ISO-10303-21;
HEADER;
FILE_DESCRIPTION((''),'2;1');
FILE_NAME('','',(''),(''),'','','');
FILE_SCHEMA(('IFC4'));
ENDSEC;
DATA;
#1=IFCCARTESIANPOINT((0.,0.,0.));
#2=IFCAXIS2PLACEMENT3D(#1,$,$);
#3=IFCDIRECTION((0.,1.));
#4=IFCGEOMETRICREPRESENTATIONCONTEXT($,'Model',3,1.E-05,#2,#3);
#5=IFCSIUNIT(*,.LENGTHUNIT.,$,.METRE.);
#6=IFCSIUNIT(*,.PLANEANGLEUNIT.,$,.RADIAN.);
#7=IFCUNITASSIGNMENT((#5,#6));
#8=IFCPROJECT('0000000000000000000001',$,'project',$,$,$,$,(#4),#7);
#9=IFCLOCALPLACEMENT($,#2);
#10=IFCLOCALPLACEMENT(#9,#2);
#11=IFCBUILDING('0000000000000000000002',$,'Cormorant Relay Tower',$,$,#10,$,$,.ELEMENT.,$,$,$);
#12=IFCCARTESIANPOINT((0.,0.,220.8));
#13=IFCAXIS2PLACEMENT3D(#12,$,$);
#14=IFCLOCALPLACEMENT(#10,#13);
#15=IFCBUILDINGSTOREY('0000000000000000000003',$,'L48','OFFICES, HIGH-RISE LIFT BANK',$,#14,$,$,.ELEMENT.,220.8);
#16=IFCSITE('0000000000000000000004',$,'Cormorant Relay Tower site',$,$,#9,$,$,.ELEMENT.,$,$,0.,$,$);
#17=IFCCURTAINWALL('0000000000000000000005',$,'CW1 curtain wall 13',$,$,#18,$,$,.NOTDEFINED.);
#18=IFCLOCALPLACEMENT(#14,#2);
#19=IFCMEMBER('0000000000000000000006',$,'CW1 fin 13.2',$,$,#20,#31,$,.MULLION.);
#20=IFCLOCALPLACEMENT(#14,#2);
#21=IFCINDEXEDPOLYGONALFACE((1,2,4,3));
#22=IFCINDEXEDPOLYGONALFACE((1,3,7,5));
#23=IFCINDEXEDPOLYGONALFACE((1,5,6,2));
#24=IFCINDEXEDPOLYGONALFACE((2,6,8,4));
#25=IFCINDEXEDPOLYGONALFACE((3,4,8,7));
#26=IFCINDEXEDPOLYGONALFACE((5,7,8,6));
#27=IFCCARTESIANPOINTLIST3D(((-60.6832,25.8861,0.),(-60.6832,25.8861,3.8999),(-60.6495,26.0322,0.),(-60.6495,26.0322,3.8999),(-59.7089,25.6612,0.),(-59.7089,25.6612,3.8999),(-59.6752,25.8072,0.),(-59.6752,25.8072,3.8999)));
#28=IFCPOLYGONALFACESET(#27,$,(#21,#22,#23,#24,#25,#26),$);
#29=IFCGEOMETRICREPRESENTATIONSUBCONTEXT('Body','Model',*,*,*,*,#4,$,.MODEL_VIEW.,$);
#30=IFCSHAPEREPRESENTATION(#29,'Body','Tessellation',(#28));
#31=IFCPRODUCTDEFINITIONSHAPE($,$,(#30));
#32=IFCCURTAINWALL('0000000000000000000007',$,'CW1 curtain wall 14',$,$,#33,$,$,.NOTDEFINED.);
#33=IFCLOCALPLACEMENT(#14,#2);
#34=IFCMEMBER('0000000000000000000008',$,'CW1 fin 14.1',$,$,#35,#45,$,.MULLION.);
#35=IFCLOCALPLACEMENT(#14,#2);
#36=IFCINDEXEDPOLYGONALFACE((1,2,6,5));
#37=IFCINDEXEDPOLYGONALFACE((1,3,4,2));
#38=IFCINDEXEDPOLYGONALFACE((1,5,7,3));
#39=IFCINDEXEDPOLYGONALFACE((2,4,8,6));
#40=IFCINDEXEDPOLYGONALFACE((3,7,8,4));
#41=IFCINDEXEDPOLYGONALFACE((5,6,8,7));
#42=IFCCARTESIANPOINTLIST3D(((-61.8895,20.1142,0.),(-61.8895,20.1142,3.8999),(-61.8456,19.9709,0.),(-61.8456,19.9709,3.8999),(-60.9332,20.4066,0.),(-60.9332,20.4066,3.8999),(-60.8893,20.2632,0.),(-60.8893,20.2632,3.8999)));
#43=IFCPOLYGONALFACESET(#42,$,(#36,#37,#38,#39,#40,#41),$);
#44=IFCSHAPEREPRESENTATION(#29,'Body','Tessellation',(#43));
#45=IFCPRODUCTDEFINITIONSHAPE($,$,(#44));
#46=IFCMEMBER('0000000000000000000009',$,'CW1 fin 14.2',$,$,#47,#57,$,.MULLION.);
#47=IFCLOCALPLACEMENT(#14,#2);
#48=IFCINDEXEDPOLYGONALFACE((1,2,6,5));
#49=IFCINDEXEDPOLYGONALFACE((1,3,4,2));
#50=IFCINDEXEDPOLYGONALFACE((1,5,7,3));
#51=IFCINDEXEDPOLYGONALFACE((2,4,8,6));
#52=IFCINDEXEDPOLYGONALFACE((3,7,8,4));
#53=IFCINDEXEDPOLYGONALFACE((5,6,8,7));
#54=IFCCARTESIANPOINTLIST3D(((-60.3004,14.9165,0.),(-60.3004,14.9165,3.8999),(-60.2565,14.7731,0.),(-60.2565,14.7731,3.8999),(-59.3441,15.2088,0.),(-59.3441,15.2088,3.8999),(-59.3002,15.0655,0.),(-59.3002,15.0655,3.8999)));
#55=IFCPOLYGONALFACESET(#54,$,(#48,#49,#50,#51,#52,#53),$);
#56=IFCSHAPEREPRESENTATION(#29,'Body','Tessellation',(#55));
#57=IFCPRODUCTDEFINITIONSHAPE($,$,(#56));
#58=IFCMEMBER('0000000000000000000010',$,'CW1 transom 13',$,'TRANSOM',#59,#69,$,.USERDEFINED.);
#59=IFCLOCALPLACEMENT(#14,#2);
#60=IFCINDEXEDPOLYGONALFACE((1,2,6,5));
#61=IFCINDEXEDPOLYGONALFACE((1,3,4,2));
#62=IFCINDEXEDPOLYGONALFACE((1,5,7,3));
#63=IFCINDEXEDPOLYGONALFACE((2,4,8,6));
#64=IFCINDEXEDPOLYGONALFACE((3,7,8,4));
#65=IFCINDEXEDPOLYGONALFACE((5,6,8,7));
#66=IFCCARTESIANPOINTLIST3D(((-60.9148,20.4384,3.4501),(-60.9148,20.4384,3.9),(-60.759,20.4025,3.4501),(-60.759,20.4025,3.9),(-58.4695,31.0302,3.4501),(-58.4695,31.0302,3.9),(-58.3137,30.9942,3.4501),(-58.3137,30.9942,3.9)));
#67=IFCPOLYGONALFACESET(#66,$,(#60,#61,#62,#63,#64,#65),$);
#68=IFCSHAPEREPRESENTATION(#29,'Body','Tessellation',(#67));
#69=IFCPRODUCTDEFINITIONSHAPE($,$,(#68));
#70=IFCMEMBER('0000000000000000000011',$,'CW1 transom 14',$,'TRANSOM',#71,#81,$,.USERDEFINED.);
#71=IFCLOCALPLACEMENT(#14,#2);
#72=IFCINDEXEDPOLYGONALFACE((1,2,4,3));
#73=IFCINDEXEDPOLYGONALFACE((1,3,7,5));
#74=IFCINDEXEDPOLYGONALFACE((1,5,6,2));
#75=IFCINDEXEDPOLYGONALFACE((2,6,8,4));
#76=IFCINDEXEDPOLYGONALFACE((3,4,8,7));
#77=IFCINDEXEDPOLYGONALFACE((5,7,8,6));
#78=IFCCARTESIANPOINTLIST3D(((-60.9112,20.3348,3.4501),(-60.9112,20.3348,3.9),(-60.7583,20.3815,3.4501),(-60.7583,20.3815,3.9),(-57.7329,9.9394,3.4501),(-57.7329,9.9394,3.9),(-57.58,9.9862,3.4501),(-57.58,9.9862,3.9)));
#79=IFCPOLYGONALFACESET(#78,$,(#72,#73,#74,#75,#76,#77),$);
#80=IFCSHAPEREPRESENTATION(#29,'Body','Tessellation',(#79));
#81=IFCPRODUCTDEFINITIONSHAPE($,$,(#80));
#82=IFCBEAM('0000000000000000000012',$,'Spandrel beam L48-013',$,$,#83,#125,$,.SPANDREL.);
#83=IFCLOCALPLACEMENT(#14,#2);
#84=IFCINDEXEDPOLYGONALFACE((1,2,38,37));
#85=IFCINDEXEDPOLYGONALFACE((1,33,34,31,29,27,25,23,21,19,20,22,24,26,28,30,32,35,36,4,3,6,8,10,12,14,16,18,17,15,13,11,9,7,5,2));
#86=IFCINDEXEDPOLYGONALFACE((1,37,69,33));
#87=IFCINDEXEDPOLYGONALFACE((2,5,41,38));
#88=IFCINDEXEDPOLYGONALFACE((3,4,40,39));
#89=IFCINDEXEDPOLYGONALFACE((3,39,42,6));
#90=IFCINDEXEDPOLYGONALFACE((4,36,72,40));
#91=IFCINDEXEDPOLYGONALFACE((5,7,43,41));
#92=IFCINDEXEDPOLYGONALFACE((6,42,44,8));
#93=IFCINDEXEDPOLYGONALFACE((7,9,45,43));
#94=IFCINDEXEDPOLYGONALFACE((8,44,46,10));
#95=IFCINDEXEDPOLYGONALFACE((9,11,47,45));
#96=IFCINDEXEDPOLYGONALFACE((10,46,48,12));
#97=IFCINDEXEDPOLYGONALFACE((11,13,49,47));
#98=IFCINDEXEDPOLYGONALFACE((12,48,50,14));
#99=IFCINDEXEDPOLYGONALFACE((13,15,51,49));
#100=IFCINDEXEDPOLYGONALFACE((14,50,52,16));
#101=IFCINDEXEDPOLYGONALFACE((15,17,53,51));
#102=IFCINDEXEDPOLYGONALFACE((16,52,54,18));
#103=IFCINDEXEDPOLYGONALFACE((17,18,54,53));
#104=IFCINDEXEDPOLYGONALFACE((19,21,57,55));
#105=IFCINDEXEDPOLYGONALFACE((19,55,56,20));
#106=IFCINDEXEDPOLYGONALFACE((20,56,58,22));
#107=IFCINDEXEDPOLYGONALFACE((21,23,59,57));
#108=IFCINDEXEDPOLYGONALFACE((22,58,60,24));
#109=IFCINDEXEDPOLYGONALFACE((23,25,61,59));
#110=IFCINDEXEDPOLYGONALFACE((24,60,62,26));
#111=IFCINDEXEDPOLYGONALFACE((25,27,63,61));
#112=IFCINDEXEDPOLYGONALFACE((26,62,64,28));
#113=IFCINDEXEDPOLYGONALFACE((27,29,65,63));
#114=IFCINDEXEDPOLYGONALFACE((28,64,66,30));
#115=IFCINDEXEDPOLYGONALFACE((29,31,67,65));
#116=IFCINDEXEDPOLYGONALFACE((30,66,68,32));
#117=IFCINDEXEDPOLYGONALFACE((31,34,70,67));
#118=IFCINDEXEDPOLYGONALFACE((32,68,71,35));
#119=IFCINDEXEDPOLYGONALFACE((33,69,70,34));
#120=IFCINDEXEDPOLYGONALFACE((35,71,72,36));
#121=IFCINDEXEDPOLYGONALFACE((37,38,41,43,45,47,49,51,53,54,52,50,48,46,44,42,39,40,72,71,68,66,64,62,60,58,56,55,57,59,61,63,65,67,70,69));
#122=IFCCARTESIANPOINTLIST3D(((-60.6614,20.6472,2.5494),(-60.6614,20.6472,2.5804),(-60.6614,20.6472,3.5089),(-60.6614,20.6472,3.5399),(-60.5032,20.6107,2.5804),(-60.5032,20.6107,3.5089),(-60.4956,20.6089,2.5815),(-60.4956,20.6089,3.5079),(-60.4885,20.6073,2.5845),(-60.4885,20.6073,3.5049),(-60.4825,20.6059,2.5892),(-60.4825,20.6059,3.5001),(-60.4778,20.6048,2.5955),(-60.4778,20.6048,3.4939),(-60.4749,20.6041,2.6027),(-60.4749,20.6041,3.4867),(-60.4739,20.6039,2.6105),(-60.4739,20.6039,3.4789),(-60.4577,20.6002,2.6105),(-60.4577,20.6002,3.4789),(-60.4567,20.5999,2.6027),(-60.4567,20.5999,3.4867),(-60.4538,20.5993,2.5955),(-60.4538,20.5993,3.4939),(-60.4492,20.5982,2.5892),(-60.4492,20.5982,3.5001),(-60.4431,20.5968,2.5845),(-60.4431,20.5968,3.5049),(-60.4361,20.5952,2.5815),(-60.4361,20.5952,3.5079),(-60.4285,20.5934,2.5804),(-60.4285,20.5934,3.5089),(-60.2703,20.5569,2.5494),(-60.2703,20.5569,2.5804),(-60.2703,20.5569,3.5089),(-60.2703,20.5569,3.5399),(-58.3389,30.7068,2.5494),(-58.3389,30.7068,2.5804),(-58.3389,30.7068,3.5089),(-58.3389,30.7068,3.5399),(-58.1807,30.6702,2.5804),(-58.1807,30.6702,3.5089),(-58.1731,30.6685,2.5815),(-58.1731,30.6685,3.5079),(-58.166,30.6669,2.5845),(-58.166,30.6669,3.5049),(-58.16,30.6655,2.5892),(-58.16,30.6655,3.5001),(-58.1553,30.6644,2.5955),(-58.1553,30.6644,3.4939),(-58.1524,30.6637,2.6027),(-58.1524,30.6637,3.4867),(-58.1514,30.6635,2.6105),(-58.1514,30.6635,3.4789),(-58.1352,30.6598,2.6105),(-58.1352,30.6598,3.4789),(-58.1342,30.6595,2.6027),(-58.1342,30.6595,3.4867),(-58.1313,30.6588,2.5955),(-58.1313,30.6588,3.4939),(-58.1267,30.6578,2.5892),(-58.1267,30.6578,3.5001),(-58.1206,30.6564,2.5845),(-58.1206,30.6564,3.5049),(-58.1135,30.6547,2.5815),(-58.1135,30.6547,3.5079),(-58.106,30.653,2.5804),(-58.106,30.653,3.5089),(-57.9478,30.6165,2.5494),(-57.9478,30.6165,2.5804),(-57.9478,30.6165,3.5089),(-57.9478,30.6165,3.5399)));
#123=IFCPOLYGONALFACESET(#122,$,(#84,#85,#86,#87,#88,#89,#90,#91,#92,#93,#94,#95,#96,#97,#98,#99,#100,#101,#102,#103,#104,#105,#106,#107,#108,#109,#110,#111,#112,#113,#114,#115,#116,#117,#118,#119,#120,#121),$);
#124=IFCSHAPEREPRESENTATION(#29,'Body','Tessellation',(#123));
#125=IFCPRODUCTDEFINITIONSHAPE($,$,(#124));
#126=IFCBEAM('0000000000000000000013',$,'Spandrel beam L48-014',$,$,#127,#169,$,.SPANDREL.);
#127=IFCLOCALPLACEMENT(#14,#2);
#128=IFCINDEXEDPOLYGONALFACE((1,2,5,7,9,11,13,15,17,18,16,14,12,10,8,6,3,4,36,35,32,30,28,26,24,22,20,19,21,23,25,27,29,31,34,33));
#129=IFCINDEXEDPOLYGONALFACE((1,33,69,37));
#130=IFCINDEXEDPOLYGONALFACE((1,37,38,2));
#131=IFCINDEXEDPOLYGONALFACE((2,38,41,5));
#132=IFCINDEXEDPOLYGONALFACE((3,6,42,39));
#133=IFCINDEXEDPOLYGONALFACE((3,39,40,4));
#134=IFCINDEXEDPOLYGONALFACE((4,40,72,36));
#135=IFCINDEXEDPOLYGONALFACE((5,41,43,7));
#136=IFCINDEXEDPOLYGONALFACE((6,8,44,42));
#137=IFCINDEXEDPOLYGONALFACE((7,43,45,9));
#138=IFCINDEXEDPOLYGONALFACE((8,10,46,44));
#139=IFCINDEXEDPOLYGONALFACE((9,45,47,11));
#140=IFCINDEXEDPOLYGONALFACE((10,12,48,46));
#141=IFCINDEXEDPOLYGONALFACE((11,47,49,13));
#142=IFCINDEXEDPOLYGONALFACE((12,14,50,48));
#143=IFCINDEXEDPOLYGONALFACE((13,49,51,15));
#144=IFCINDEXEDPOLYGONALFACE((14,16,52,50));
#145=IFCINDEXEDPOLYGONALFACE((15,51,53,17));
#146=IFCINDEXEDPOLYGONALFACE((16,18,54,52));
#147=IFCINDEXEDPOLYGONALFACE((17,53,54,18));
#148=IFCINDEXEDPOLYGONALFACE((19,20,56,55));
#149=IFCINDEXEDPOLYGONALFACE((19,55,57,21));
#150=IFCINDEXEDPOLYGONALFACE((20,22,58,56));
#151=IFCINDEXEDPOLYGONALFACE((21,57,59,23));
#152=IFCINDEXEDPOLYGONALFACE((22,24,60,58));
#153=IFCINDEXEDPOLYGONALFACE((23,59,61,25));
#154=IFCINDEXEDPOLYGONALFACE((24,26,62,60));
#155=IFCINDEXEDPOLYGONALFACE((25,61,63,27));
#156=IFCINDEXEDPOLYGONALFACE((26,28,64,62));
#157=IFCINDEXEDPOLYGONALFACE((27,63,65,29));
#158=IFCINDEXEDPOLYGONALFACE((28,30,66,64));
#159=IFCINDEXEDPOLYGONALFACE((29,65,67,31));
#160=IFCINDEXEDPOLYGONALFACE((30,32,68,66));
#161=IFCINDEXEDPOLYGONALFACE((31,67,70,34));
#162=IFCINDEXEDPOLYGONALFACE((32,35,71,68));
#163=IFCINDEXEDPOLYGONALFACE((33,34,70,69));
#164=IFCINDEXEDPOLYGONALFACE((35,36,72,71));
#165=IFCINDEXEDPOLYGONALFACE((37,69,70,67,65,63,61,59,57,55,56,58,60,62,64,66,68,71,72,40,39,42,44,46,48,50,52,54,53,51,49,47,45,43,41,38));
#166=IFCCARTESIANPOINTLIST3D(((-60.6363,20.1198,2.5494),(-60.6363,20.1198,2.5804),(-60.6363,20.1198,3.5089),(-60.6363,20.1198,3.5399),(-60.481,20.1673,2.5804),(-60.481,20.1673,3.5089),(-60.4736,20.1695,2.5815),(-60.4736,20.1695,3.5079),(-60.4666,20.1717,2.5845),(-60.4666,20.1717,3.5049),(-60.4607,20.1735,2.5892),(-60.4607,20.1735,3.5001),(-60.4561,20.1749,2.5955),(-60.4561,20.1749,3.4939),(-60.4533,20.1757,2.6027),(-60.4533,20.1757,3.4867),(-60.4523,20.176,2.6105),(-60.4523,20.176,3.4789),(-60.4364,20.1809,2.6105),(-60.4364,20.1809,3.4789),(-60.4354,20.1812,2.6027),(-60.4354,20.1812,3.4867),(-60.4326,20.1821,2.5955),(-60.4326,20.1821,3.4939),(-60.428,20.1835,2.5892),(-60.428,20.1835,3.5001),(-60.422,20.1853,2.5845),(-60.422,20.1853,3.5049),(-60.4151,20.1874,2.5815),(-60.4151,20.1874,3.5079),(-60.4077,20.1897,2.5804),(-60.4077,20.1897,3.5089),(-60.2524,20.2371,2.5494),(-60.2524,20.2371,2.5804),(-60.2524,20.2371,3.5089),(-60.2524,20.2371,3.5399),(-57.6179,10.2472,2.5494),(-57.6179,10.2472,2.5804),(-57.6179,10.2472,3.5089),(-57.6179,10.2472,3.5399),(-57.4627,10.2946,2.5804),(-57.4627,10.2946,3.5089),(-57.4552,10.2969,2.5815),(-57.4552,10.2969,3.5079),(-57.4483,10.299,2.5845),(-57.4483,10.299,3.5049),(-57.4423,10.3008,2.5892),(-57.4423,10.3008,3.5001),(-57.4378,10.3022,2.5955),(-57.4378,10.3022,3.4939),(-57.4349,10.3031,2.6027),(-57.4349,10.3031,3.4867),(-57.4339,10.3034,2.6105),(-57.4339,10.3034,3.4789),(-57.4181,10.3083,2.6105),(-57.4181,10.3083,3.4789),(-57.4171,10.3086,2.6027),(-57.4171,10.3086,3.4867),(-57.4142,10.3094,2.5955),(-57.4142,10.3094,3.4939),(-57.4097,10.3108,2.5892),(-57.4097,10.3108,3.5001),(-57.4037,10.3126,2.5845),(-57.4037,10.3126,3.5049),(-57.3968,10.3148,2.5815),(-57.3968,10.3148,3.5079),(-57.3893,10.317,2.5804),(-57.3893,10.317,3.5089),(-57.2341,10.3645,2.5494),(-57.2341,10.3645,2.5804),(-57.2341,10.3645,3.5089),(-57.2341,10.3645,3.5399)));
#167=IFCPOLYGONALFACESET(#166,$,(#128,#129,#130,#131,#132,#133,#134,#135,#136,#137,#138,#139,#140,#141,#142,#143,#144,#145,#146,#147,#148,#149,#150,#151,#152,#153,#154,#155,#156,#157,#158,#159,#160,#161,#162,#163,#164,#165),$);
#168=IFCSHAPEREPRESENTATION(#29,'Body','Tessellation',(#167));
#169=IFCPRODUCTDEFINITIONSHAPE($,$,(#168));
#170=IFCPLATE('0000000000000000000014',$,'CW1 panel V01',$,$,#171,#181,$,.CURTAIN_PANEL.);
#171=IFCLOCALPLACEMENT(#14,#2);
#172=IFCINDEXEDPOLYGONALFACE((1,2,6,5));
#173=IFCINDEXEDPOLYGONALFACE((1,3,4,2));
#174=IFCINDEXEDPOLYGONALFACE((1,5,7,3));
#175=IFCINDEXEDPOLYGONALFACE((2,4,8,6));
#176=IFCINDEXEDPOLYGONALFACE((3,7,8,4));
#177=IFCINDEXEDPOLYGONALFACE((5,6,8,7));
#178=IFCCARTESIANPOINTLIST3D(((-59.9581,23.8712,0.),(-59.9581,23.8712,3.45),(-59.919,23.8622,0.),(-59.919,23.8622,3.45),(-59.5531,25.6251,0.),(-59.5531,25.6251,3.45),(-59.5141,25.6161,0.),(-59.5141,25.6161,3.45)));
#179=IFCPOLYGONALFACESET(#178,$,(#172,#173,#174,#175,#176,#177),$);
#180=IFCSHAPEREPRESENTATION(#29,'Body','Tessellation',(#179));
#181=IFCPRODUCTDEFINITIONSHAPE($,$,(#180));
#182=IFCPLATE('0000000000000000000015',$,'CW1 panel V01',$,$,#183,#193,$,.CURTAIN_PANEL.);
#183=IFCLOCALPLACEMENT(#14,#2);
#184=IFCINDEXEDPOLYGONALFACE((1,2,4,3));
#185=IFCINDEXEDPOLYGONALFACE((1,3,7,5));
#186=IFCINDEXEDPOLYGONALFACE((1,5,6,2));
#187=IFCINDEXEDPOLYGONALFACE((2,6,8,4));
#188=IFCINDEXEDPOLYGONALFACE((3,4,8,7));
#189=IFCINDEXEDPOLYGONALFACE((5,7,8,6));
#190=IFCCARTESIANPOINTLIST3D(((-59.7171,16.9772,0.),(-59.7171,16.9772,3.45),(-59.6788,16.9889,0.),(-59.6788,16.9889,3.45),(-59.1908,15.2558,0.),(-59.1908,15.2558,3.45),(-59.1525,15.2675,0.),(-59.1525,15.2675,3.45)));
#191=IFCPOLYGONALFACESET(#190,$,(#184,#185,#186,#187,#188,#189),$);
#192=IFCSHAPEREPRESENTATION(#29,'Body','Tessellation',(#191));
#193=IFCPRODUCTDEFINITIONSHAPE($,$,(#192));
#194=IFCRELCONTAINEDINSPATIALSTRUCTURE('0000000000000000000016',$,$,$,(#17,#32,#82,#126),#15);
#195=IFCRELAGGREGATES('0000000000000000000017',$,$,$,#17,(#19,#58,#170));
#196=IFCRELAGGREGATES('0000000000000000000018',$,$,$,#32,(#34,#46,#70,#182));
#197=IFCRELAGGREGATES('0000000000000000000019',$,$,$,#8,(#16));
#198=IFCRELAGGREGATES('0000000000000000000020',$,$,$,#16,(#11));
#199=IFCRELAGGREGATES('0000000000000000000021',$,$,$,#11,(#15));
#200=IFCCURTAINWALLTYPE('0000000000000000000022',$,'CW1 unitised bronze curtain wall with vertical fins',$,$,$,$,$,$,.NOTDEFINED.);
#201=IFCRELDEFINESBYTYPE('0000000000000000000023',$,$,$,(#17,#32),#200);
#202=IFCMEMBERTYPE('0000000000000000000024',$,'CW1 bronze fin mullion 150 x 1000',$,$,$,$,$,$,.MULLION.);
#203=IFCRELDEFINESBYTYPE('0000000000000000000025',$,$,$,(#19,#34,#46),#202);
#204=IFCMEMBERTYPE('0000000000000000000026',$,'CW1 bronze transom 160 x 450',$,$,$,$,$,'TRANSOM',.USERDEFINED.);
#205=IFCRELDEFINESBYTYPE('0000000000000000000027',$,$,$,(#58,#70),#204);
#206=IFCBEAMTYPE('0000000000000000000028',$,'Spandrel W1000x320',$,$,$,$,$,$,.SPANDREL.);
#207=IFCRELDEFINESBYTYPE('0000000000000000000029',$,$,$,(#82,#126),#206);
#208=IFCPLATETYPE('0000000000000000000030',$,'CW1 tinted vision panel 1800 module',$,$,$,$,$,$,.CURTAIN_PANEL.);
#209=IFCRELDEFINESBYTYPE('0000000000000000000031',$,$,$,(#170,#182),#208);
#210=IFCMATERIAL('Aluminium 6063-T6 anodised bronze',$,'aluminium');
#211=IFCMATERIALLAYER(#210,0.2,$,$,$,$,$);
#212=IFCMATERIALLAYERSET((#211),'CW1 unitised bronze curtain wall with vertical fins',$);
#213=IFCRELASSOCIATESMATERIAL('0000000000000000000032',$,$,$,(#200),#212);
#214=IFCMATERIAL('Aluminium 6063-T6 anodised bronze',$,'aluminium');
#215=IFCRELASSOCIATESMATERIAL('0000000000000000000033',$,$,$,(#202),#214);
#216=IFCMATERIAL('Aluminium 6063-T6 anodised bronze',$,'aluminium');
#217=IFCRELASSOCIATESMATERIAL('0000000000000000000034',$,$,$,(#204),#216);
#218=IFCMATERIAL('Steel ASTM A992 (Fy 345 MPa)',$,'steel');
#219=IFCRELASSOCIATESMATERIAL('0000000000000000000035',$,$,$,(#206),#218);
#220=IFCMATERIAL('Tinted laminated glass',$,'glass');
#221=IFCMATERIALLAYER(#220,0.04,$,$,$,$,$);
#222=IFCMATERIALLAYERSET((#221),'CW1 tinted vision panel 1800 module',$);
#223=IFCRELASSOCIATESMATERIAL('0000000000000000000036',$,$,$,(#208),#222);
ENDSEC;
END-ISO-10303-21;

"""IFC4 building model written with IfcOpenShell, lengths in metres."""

from ifc_helpers import new_model, si_unit, direction, frame, origin, origin_2d, place, context, subcontext, project, spatial, rectangle, i_section, extrude, material, layer, layer_set, material_profile, profile_set, type_object, element, aggregate, save


model = new_model("IFC4")

# Units and contexts
model_context = context("Model", 3, precision=1e-05, world=origin(), true_north=direction((0.0, 1.0)))
body_context = subcontext(model_context, "Body", "Model", "MODEL_VIEW")
ifc_project = project(units=[si_unit("LENGTHUNIT", "METRE"), si_unit("PLANEANGLEUNIT", "RADIAN")], contexts=[model_context])

# Site, building, storey
site_placement = place(None, origin())
site = spatial("IfcSite", under=ifc_project, at=site_placement, Name="Cormorant Relay Tower site", CompositionType="ELEMENT", RefElevation=0.0)
building_placement = place(site_placement, origin())
building = spatial("IfcBuilding", under=site, at=building_placement, Name="Cormorant Relay Tower", CompositionType="ELEMENT")
storey_placement = place(building_placement, frame((0.0, 0.0, 220.8)))
storey = spatial("IfcBuildingStorey", under=building, at=storey_placement, Name="L48", Description="OFFICES, HIGH-RISE LIFT BANK", CompositionType="ELEMENT", Elevation=220.8)

# Curtain walls, members
ifc_material_1 = material(Name="Aluminium 6063-T6 anodised bronze", Category="aluminium")
ifc_layer_1 = layer(ifc_material_1, 0.2)
ifc_layer_set_1 = layer_set([ifc_layer_1], Name="CW1 unitised bronze curtain wall with vertical fins")
curtain_wall_type = type_object("IfcCurtainWallType", Name="CW1 unitised bronze curtain wall with vertical fins", PredefinedType="NOTDEFINED", material=ifc_layer_set_1)
curtain_wall_1_placement = place(storey_placement, origin())
curtain_wall_1 = element("IfcCurtainWall", 1, at=curtain_wall_1_placement, inside=storey, type_object=curtain_wall_type, Name="CW1 curtain wall 13", PredefinedType="NOTDEFINED")
ifc_material_2 = material(Name="Aluminium 6063-T6 anodised bronze", Category="aluminium")
ifc_material_profile_1 = material_profile(ifc_material_2, rectangle(XDim=0.1499, YDim=1.0, at=origin_2d()), Name="AL 150x1000")
ifc_profile_set_1 = profile_set([ifc_material_profile_1], Name="Aluminium 6063-T6 anodised bronze")
member_type_1 = type_object("IfcMemberType", Name="CW1 bronze fin mullion 150 x 1000", PredefinedType="MULLION", material=ifc_profile_set_1)
member_1_placement = place(storey_placement, frame((-60.1792, 25.8467, 0.0), z_axis=(0.0, 0.0, 1.0), x_axis=(-0.224951, -0.97437, 0.0)))
member_1 = element("IfcMember", 2, at=member_1_placement, type_object=member_type_1, Name="CW1 fin 13.2", PredefinedType="MULLION", context=body_context, shape_type="SweptSolid", body=[
    extrude(rectangle(XDim=0.1499, YDim=1.0, at=origin_2d()), origin(), (0.0, 0.0, 1.0), 3.8999),
])
curtain_wall_2_placement = place(storey_placement, origin())
curtain_wall_2 = element("IfcCurtainWall", 3, at=curtain_wall_2_placement, inside=storey, type_object=curtain_wall_type, Name="CW1 curtain wall 14", PredefinedType="NOTDEFINED")
member_2_placement = place(storey_placement, frame((-61.3894, 20.1887, 0.0), z_axis=(0.0, 0.0, 1.0), x_axis=(0.292372, -0.956305, 0.0)))
member_2 = element("IfcMember", 4, at=member_2_placement, type_object=member_type_1, Name="CW1 fin 14.1", PredefinedType="MULLION", context=body_context, shape_type="SweptSolid", body=[
    extrude(rectangle(XDim=0.1499, YDim=1.0, at=origin_2d()), origin(), (0.0, 0.0, 1.0), 3.8999),
])
member_3_placement = place(storey_placement, frame((-59.8003, 14.991, 0.0), z_axis=(0.0, 0.0, 1.0), x_axis=(0.292372, -0.956305, 0.0)))
member_3 = element("IfcMember", 5, at=member_3_placement, type_object=member_type_1, Name="CW1 fin 14.2", PredefinedType="MULLION", context=body_context, shape_type="SweptSolid", body=[
    extrude(rectangle(XDim=0.1499, YDim=1.0, at=origin_2d()), origin(), (0.0, 0.0, 1.0), 3.8999),
])

# Members
ifc_material_3 = material(Name="Aluminium 6063-T6 anodised bronze", Category="aluminium")
ifc_material_profile_2 = material_profile(ifc_material_3, rectangle(XDim=0.1599, YDim=0.45, at=origin_2d()), Name="AL 160x450")
ifc_profile_set_2 = profile_set([ifc_material_profile_2], Name="Aluminium 6063-T6 anodised bronze")
member_type_2 = type_object("IfcMemberType", Name="CW1 bronze transom 160 x 450", ElementType="TRANSOM", PredefinedType="USERDEFINED", material=ifc_profile_set_2)
member_4_placement = place(storey_placement, frame((-58.3916, 31.0122, 3.675), z_axis=(-0.224951, -0.97437, 0.0), x_axis=(0.97437, -0.224951, 0.0)))
member_4 = element("IfcMember", 6, at=member_4_placement, type_object=member_type_2, Name="CW1 transom 13", ObjectType="TRANSOM", PredefinedType="USERDEFINED", context=body_context, shape_type="SweptSolid", body=[
    extrude(rectangle(XDim=0.1599, YDim=0.45, at=origin_2d()), origin(), (0.0, 0.0, 1.0), 10.8704),
])
member_5_placement = place(storey_placement, frame((-60.8347, 20.3582, 3.675), z_axis=(0.292378, -0.956303, 0.0), x_axis=(0.956303, 0.292378, 0.0)))
member_5 = element("IfcMember", 7, at=member_5_placement, type_object=member_type_2, Name="CW1 transom 14", ObjectType="TRANSOM", PredefinedType="USERDEFINED", context=body_context, shape_type="SweptSolid", body=[
    extrude(rectangle(XDim=0.1599, YDim=0.45, at=origin_2d()), origin(), (0.0, 0.0, 1.0), 10.8704),
])

# Beams
ifc_material_4 = material(Name="Steel ASTM A992 (Fy 345 MPa)", Category="steel")
ifc_material_profile_3 = material_profile(ifc_material_4, i_section(OverallWidth=0.4014, OverallDepth=0.9905, WebThickness=0.0166, FlangeThickness=0.031, FilletRadius=0.03, at=origin_2d()), Name="W1000x320")
ifc_profile_set_3 = profile_set([ifc_material_profile_3], Name="Steel ASTM A992 (Fy 345 MPa)")
beam_type = type_object("IfcBeamType", Name="Spandrel W1000x320", PredefinedType="SPANDREL", material=ifc_profile_set_3)
beam_1_placement = place(storey_placement, frame((-58.1433, 30.6616, 3.0447), z_axis=(-0.224958, -0.974368, 0.0), x_axis=(0.974368, -0.224958, 0.0)))
element("IfcBeam", 8, at=beam_1_placement, inside=storey, type_object=beam_type, Name="Spandrel beam L48-013", PredefinedType="SPANDREL", context=body_context, shape_type="SweptSolid", body=[
    extrude(i_section(OverallWidth=0.4014, OverallDepth=0.9905, WebThickness=0.0166, FlangeThickness=0.031, FilletRadius=0.03, at=origin_2d()), origin(), (0.0, 0.0, 1.0), 10.3242),
])
beam_2_placement = place(storey_placement, frame((-60.4443, 20.1785, 3.0447), z_axis=(0.292369, -0.956306, 0.0), x_axis=(0.956306, 0.292369, 0.0)))
element("IfcBeam", 9, at=beam_2_placement, inside=storey, type_object=beam_type, Name="Spandrel beam L48-014", PredefinedType="SPANDREL", context=body_context, shape_type="SweptSolid", body=[
    extrude(i_section(OverallWidth=0.4014, OverallDepth=0.9905, WebThickness=0.0166, FlangeThickness=0.031, FilletRadius=0.03, at=origin_2d()), origin(), (0.0, 0.0, 1.0), 10.3237),
])

# Plates
ifc_material_5 = material(Name="Tinted laminated glass", Category="glass")
ifc_layer_2 = layer(ifc_material_5, 0.04)
ifc_layer_set_2 = layer_set([ifc_layer_2], Name="CW1 tinted vision panel 1800 module")
plate_type = type_object("IfcPlateType", Name="CW1 tinted vision panel 1800 module", PredefinedType="CURTAIN_PANEL", material=ifc_layer_set_2)
plate_1_placement = place(storey_placement, frame((-59.7361, 24.7437, 0.0), z_axis=(0.0, 0.0, 1.0), x_axis=(-0.224951, -0.97437, 0.0)))
plate_1 = element("IfcPlate", 10, at=plate_1_placement, type_object=plate_type, Name="CW1 panel V01", PredefinedType="CURTAIN_PANEL", context=body_context, shape_type="SweptSolid", body=[
    extrude(rectangle(XDim=1.8, YDim=0.04, at=origin_2d()), origin(), (0.0, 0.0, 1.0), 3.45),
])
plate_2_placement = place(storey_placement, frame((-59.4348, 16.1223, 0.0), z_axis=(0.0, 0.0, 1.0), x_axis=(0.292372, -0.956305, 0.0)))
plate_2 = element("IfcPlate", 11, at=plate_2_placement, type_object=plate_type, Name="CW1 panel V01", PredefinedType="CURTAIN_PANEL", context=body_context, shape_type="SweptSolid", body=[
    extrude(rectangle(XDim=1.8, YDim=0.04, at=origin_2d()), origin(), (0.0, 0.0, 1.0), 3.45),
])

aggregate(curtain_wall_1, [member_1, member_4, plate_1])
aggregate(curtain_wall_2, [member_2, member_3, member_5, plate_2])

save(model, "model.ifc")
